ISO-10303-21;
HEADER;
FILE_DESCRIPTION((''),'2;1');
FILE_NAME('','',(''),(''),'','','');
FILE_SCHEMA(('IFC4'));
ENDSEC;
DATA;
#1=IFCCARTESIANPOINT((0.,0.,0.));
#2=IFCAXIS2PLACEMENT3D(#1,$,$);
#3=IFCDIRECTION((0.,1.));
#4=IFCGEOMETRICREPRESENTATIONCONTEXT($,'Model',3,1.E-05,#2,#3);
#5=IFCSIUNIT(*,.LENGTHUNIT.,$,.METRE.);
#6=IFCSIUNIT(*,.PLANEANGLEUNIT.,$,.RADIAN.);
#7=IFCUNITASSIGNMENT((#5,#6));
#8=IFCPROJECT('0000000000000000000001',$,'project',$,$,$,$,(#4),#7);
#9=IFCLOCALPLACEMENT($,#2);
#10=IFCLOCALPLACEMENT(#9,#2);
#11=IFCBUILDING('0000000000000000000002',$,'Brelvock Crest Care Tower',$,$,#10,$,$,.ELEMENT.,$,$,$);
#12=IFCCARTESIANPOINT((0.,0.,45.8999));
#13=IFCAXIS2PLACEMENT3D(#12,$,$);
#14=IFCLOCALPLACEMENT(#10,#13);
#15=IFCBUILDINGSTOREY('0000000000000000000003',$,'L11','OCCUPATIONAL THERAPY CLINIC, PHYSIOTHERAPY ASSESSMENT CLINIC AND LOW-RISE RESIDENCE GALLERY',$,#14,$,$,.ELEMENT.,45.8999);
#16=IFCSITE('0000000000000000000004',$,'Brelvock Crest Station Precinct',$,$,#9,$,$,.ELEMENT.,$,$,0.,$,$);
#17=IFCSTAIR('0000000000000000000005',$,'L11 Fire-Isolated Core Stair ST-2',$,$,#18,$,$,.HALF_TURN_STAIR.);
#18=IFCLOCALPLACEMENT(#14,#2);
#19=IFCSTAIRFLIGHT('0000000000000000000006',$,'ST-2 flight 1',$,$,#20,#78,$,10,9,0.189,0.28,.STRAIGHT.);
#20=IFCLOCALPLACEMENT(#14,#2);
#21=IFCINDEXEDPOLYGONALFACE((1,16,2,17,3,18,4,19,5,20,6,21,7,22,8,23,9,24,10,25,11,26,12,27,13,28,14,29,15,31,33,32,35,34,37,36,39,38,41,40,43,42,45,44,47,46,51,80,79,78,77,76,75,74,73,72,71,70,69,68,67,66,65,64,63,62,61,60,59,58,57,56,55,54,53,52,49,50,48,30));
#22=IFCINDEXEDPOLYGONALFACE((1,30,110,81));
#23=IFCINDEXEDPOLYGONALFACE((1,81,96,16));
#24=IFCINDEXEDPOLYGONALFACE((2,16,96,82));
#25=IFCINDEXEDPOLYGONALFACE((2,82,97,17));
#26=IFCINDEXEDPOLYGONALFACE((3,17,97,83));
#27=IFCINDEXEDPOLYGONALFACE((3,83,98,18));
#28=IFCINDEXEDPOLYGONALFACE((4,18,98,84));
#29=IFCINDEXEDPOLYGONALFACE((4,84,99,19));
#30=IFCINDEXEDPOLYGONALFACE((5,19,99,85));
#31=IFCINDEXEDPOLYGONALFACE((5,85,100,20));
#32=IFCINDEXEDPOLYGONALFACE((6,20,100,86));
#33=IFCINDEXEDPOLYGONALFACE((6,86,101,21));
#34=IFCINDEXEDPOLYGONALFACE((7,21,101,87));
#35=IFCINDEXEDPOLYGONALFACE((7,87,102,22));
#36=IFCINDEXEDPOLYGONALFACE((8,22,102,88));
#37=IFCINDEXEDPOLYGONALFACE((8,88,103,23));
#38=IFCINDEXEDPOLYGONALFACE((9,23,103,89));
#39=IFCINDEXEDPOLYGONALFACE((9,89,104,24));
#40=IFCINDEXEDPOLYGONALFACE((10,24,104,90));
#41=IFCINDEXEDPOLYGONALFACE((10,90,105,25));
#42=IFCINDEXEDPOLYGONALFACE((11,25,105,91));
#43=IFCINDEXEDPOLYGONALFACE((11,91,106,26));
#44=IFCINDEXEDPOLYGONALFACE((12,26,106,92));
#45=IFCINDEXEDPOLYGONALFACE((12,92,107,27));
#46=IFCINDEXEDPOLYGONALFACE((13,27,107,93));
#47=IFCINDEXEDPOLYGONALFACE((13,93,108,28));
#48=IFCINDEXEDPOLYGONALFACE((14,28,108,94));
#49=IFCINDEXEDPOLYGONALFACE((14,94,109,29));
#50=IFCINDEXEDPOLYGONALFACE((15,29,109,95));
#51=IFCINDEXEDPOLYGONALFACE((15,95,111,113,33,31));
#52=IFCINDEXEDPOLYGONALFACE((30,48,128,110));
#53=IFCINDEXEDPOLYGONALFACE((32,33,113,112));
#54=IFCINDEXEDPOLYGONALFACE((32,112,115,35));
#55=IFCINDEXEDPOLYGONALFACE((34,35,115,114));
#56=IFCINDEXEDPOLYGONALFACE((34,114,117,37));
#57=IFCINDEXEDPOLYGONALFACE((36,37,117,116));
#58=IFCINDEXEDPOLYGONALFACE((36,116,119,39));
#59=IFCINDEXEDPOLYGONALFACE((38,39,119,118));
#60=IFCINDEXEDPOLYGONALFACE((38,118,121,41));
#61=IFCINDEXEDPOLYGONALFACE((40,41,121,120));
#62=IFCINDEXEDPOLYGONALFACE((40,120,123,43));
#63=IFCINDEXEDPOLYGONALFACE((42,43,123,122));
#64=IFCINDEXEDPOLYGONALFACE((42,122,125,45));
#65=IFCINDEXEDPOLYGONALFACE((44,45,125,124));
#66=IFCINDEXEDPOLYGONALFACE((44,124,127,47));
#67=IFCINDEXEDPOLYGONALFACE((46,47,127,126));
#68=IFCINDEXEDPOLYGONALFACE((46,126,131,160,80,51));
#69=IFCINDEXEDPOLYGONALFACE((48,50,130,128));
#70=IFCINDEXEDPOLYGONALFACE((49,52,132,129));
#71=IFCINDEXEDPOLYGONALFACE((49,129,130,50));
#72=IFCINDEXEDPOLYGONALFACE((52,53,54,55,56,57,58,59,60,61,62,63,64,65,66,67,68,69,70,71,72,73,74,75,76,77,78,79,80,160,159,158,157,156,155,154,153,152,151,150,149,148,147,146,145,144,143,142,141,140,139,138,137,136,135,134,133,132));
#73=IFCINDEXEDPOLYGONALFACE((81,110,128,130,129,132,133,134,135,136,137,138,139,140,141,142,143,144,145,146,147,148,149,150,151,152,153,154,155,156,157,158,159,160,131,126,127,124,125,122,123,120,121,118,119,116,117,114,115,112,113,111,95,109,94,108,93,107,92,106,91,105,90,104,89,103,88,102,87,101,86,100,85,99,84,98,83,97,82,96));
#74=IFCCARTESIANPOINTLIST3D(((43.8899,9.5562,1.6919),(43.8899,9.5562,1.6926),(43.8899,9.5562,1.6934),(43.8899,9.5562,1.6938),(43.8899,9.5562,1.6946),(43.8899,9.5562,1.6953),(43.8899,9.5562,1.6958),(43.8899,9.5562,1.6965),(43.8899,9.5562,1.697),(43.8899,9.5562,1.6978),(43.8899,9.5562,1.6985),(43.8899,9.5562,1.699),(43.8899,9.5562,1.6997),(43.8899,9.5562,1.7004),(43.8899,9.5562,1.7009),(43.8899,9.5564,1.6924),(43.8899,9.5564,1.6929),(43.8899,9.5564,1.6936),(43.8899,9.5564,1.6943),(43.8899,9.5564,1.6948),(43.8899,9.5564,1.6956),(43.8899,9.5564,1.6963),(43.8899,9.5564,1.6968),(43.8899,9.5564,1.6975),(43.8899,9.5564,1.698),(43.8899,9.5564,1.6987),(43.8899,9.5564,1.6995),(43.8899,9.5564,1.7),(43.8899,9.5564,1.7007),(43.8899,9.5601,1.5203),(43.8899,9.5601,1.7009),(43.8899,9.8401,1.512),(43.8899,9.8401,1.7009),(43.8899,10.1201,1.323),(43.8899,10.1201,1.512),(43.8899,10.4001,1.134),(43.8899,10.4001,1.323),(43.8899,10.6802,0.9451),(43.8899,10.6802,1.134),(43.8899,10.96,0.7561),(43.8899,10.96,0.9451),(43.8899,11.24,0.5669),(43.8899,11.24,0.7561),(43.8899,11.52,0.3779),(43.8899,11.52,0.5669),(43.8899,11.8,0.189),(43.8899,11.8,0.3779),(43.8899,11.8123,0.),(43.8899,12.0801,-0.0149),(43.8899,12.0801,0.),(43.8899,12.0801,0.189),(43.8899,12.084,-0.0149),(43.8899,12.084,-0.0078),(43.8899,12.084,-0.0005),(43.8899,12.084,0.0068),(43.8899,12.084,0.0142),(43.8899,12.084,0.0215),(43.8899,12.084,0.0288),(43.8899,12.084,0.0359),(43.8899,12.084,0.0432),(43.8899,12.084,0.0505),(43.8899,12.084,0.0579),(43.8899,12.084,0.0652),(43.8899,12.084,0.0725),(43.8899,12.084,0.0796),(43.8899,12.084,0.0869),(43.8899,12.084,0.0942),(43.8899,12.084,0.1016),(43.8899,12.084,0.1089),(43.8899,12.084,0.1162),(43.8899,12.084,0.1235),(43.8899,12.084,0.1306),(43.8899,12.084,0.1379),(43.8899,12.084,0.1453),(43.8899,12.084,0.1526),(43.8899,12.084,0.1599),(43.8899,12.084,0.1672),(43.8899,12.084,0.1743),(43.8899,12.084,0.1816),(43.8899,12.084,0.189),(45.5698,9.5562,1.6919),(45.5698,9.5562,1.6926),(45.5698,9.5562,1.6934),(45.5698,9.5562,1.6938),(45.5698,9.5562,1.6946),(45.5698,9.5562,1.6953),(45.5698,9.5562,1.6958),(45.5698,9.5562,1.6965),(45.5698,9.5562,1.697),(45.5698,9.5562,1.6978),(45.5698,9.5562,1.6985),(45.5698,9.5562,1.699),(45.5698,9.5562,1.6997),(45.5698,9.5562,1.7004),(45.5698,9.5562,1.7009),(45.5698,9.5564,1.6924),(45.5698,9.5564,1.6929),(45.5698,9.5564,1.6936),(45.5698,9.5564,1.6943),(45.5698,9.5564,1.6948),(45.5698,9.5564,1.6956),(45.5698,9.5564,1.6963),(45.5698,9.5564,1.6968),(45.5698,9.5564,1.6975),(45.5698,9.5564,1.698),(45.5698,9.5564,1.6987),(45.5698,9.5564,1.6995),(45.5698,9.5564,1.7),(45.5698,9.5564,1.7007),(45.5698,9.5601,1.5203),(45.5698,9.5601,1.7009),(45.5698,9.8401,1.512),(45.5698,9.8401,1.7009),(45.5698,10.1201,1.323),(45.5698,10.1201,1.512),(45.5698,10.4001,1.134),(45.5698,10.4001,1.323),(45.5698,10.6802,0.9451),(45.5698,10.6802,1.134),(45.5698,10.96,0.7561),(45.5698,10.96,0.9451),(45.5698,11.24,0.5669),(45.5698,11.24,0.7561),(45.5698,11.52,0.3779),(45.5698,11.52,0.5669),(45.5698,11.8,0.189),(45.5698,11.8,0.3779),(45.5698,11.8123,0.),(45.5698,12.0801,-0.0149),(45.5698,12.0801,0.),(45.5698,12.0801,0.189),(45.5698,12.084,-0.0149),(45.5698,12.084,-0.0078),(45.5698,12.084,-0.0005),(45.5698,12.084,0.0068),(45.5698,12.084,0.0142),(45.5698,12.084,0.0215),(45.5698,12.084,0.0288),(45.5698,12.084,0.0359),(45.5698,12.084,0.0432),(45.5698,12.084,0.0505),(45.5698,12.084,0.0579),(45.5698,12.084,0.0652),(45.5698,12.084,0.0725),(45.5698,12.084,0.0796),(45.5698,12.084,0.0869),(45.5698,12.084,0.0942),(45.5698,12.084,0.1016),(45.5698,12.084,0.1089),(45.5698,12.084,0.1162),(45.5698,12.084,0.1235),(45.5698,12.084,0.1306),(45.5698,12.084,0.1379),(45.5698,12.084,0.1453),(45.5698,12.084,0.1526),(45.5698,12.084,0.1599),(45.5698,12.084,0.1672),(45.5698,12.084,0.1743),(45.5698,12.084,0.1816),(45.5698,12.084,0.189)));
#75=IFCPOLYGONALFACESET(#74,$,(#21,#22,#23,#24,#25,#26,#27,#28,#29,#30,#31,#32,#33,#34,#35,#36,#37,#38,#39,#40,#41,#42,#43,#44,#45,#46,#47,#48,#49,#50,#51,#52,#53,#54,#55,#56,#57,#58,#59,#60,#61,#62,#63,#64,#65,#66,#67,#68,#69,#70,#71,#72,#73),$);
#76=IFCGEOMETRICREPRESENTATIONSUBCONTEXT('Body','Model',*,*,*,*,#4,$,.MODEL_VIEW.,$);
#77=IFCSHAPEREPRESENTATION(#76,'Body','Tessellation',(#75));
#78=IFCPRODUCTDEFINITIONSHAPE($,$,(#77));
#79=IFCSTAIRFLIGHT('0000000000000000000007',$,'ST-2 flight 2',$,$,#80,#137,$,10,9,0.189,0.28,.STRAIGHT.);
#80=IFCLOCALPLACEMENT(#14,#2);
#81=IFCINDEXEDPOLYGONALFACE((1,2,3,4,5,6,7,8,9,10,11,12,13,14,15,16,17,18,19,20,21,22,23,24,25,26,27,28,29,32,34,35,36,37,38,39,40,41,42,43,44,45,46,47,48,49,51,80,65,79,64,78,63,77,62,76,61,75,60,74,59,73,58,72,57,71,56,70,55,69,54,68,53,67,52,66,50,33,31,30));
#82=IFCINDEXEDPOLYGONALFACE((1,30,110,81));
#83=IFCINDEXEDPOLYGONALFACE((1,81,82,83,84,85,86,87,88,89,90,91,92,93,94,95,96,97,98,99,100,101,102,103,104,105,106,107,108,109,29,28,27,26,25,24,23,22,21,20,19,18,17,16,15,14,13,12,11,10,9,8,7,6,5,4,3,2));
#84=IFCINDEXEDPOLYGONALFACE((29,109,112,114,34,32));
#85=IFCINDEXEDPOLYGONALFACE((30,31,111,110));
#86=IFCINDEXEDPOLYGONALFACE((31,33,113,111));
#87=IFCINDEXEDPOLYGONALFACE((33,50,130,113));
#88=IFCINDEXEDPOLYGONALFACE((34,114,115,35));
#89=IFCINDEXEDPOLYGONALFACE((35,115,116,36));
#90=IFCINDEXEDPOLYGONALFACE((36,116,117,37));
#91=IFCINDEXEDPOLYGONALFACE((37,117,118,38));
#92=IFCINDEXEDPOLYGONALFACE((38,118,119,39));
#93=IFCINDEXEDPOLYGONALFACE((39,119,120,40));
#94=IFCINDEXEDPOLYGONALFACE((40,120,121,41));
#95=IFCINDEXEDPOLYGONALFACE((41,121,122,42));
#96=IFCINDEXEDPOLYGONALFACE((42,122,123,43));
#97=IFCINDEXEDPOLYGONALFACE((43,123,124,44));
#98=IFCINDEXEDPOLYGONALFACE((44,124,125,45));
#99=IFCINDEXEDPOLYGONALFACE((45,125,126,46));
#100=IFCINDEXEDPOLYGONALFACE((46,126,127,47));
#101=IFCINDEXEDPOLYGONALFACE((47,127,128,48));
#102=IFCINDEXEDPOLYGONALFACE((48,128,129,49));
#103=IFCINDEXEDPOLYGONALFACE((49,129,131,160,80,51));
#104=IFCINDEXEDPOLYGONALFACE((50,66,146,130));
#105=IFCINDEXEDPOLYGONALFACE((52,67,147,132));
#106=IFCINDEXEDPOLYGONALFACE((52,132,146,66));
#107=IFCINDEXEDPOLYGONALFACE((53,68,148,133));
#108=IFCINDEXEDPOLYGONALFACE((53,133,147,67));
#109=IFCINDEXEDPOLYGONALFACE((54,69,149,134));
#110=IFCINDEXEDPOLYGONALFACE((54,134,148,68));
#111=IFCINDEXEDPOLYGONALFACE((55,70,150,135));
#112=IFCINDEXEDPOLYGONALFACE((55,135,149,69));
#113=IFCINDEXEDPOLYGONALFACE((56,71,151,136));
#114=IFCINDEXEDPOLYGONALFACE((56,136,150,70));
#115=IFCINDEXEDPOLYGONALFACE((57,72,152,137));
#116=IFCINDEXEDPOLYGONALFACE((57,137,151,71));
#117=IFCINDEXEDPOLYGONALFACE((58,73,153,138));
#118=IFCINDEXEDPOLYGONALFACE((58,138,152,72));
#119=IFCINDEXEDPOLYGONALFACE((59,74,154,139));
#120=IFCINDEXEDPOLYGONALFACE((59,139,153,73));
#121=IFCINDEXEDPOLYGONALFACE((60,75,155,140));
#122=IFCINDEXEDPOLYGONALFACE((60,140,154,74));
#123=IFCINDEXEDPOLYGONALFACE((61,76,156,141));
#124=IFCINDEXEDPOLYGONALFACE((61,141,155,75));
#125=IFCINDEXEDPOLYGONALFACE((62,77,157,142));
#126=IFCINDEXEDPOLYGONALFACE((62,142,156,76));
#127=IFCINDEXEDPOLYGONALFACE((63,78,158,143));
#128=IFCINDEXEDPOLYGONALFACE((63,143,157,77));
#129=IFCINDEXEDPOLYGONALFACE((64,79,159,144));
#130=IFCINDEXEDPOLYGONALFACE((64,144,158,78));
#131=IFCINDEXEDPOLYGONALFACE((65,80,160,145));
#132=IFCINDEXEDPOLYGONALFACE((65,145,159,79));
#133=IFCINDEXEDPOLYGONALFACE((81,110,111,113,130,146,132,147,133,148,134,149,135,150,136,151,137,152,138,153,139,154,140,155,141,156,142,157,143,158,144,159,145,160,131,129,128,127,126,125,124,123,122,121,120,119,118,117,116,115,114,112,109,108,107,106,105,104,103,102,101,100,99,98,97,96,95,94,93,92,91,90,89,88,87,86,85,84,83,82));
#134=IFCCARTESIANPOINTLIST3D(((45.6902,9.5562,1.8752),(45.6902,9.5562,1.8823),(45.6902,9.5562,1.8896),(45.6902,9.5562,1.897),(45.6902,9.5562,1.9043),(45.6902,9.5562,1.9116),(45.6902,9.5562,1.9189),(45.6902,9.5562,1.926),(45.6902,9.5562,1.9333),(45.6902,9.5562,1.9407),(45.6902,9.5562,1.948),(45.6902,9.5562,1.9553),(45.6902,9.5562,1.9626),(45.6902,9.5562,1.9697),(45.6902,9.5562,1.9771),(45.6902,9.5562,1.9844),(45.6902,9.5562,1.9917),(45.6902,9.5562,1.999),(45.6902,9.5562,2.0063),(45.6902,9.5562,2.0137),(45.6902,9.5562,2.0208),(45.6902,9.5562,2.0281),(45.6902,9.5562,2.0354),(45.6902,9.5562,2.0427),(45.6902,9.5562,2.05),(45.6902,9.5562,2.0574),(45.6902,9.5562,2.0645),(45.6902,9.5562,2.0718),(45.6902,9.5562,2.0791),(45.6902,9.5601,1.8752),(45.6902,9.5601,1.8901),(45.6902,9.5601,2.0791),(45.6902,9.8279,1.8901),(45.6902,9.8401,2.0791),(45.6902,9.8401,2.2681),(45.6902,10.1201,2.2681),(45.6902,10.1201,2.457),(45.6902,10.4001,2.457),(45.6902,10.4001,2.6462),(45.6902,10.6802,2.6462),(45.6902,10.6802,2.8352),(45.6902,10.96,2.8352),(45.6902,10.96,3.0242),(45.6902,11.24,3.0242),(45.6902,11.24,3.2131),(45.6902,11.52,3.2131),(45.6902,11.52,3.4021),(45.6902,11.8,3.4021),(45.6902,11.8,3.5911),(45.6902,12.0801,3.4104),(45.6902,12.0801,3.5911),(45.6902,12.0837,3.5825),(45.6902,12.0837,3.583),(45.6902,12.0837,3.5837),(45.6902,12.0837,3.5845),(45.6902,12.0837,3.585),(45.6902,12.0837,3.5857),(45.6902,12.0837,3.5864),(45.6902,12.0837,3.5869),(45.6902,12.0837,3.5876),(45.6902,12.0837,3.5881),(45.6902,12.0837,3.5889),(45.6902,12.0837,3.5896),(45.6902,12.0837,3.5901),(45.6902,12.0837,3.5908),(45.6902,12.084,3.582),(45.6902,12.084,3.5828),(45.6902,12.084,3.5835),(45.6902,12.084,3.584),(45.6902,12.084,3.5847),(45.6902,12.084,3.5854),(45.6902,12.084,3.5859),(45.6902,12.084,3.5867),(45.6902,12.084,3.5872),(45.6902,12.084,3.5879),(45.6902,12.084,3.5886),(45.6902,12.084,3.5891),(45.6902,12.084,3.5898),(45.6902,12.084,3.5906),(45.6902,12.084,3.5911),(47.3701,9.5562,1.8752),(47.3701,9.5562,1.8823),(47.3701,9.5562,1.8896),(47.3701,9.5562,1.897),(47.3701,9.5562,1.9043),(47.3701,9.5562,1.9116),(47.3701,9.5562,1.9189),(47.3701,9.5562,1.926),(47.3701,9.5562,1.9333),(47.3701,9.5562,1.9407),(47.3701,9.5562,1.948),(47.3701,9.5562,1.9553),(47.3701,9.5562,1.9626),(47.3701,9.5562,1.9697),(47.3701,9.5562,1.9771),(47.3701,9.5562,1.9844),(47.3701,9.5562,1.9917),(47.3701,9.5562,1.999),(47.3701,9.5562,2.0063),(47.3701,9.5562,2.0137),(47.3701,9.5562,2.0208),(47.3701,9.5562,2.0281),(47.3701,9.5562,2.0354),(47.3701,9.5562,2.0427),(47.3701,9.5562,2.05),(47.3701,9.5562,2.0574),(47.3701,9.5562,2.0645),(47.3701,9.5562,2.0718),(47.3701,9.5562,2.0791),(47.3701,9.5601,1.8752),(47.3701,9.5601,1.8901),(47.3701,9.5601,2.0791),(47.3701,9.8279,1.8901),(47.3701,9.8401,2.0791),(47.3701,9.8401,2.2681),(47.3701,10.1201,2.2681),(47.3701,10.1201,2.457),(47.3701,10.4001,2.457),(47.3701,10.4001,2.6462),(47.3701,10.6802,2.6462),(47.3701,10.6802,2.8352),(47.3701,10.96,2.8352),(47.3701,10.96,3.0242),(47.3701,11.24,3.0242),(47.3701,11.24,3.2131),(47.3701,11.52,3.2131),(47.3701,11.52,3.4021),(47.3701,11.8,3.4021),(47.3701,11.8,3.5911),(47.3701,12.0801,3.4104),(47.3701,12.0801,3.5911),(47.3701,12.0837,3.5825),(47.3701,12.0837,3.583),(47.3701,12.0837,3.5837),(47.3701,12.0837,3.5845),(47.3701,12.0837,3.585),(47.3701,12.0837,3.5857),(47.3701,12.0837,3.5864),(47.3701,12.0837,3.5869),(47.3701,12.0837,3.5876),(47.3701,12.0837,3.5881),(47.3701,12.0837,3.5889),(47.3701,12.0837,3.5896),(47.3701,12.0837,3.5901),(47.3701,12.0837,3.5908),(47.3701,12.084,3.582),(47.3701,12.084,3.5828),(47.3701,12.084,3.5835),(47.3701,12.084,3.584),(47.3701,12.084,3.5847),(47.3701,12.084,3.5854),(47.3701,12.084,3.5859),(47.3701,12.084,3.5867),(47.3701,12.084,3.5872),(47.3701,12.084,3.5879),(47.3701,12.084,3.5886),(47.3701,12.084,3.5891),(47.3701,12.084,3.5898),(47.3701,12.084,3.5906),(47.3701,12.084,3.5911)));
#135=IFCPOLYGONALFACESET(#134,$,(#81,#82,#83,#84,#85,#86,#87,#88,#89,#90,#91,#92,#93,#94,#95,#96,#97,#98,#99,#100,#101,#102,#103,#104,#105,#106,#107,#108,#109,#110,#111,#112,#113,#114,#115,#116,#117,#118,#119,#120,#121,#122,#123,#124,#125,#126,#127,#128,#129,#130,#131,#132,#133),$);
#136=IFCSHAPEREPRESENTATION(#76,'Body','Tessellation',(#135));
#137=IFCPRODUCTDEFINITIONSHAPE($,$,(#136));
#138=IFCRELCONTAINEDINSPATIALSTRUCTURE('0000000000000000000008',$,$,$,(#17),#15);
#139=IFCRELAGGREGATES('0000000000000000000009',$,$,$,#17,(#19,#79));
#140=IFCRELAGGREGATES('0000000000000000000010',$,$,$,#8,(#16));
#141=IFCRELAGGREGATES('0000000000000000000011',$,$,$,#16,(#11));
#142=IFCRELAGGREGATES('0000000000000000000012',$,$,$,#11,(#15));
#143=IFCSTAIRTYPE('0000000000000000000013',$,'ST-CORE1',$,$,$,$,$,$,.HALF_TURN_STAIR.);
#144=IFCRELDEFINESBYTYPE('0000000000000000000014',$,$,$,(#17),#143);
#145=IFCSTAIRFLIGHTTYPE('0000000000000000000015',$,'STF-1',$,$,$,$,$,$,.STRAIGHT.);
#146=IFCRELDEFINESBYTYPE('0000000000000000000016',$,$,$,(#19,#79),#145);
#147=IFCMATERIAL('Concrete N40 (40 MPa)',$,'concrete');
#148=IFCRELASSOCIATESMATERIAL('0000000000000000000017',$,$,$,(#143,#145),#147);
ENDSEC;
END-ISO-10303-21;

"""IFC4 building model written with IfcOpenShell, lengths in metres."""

from ifc_helpers import new_model, si_unit, direction, frame, origin, place, context, subcontext, project, spatial, polyline, outline, extrude, material, type_object, element, aggregate, save


model = new_model("IFC4")

# Units and contexts
model_context = context("Model", 3, precision=1e-05, world=origin(), true_north=direction((0.0, 1.0)))
body_context = subcontext(model_context, "Body", "Model", "MODEL_VIEW")
ifc_project = project(units=[si_unit("LENGTHUNIT", "METRE"), si_unit("PLANEANGLEUNIT", "RADIAN")], contexts=[model_context])

# Site, building, storey
site_placement = place(None, origin())
site = spatial("IfcSite", under=ifc_project, at=site_placement, Name="Brelvock Crest Station Precinct", CompositionType="ELEMENT", RefElevation=0.0)
building_placement = place(site_placement, origin())
building = spatial("IfcBuilding", under=site, at=building_placement, Name="Brelvock Crest Care Tower", CompositionType="ELEMENT")
storey_placement = place(building_placement, frame((0.0, 0.0, 45.8999)))
storey = spatial("IfcBuildingStorey", under=building, at=storey_placement, Name="L11", Description="OCCUPATIONAL THERAPY CLINIC, PHYSIOTHERAPY ASSESSMENT CLINIC AND LOW-RISE RESIDENCE GALLERY", CompositionType="ELEMENT", Elevation=45.8999)

# Stair, stair flights
ifc_material_1 = material(Name="Concrete N40 (40 MPa)", Category="concrete")
stair_type = type_object("IfcStairType", Name="ST-CORE1", PredefinedType="HALF_TURN_STAIR", material=ifc_material_1)
stair_placement = place(storey_placement, origin())
stair = element("IfcStair", 1, at=stair_placement, inside=storey, type_object=stair_type, Name="L11 Fire-Isolated Core Stair ST-2", PredefinedType="HALF_TURN_STAIR")
stair_flight_type = type_object("IfcStairFlightType", Name="STF-1", PredefinedType="STRAIGHT", material=ifc_material_1)
stair_flight_1_placement = place(storey_placement, frame((44.73, 12.0801, 0.0), z_axis=(0.0, 0.0, 1.0), x_axis=(0.0, -1.0, 0.0)))
stair_flight_1 = element("IfcStairFlight", 2, at=stair_flight_1_placement, type_object=stair_flight_type, Name="ST-2 flight 1", NumberOfRisers=10, NumberOfTreads=9, PredefinedType="STRAIGHT", RiserHeight=0.189, TreadLength=0.28, context=body_context, shape_type="SweptSolid", body=[
    extrude(outline(polyline([(-0.0039, -0.0149), (-0.0039, -0.0078), (-0.0039, -0.0005), (-0.0039, 0.0068), (-0.0039, 0.0142), (-0.0039, 0.0215), (-0.0039, 0.0288), (-0.0039, 0.0359), (-0.0039, 0.0432), (-0.0039, 0.0505), (-0.0039, 0.0579), (-0.0039, 0.0652), (-0.0039, 0.0725), (-0.0039, 0.0796), (-0.0039, 0.0869), (-0.0039, 0.0942), (-0.0039, 0.1016), (-0.0039, 0.1089), (-0.0039, 0.1162), (-0.0039, 0.1235), (-0.0039, 0.1306), (-0.0039, 0.1379), (-0.0039, 0.1453), (-0.0039, 0.1526), (-0.0039, 0.1599), (-0.0039, 0.1672), (-0.0039, 0.1743), (-0.0039, 0.1816), (-0.0039, 0.189), (0.0, 0.189), (0.28, 0.189), (0.28, 0.3779), (0.5601, 0.3779), (0.5601, 0.5669), (0.8401, 0.5669), (0.8401, 0.7561), (1.1201, 0.7561), (1.1201, 0.9451), (1.3999, 0.9451), (1.3999, 1.134), (1.6799, 1.134), (1.6799, 1.323), (1.96, 1.323), (1.96, 1.512), (2.24, 1.512), (2.24, 1.7009), (2.52, 1.7009), (2.5239, 1.7009), (2.5237, 1.7007), (2.5239, 1.7004), (2.5237, 1.7), (2.5239, 1.6997), (2.5237, 1.6995), (2.5239, 1.699), (2.5237, 1.6987), (2.5239, 1.6985), (2.5237, 1.698), (2.5239, 1.6978), (2.5237, 1.6975), (2.5239, 1.697), (2.5237, 1.6968), (2.5239, 1.6965), (2.5237, 1.6963), (2.5239, 1.6958), (2.5237, 1.6956), (2.5239, 1.6953), (2.5237, 1.6948), (2.5239, 1.6946), (2.5237, 1.6943), (2.5239, 1.6938), (2.5237, 1.6936), (2.5239, 1.6934), (2.5237, 1.6929), (2.5239, 1.6926), (2.5237, 1.6924), (2.5239, 1.6919), (2.52, 1.5203), (0.2678, 0.0), (0.0, 0.0), (0.0, -0.0149), (-0.0039, -0.0149)])), frame((0.0, 0.8398, 0.0), z_axis=(0.0, -1.0, 0.0), x_axis=(1.0, 0.0, 0.0)), (0.0, 0.0, 1.0), 1.6799),
])
stair_flight_2_placement = place(storey_placement, frame((46.53, 9.5601, 1.8901), z_axis=(0.0, 0.0, 1.0), x_axis=(0.0, 1.0, 0.0)))
stair_flight_2 = element("IfcStairFlight", 3, at=stair_flight_2_placement, type_object=stair_flight_type, Name="ST-2 flight 2", NumberOfRisers=10, NumberOfTreads=9, PredefinedType="STRAIGHT", RiserHeight=0.189, TreadLength=0.28, context=body_context, shape_type="SweptSolid", body=[
    extrude(outline(polyline([(-0.0039, -0.0149), (-0.0039, -0.0078), (-0.0039, -0.0005), (-0.0039, 0.0068), (-0.0039, 0.0142), (-0.0039, 0.0215), (-0.0039, 0.0288), (-0.0039, 0.0359), (-0.0039, 0.0432), (-0.0039, 0.0505), (-0.0039, 0.0579), (-0.0039, 0.0652), (-0.0039, 0.0725), (-0.0039, 0.0796), (-0.0039, 0.0869), (-0.0039, 0.0942), (-0.0039, 0.1016), (-0.0039, 0.1089), (-0.0039, 0.1162), (-0.0039, 0.1235), (-0.0039, 0.1306), (-0.0039, 0.1379), (-0.0039, 0.1453), (-0.0039, 0.1526), (-0.0039, 0.1599), (-0.0039, 0.1672), (-0.0039, 0.1743), (-0.0039, 0.1816), (-0.0039, 0.189), (0.0, 0.189), (0.28, 0.189), (0.28, 0.3779), (0.5601, 0.3779), (0.5601, 0.5669), (0.8401, 0.5669), (0.8401, 0.7561), (1.1201, 0.7561), (1.1201, 0.9451), (1.3999, 0.9451), (1.3999, 1.134), (1.6799, 1.134), (1.6799, 1.323), (1.96, 1.323), (1.96, 1.512), (2.24, 1.512), (2.24, 1.7009), (2.52, 1.7009), (2.5239, 1.7009), (2.5237, 1.7007), (2.5239, 1.7004), (2.5237, 1.7), (2.5239, 1.6997), (2.5237, 1.6995), (2.5239, 1.699), (2.5237, 1.6987), (2.5239, 1.6985), (2.5237, 1.698), (2.5239, 1.6978), (2.5237, 1.6975), (2.5239, 1.697), (2.5237, 1.6968), (2.5239, 1.6965), (2.5237, 1.6963), (2.5239, 1.6958), (2.5237, 1.6956), (2.5239, 1.6953), (2.5237, 1.6948), (2.5239, 1.6946), (2.5237, 1.6943), (2.5239, 1.6938), (2.5237, 1.6936), (2.5239, 1.6934), (2.5237, 1.6929), (2.5239, 1.6926), (2.5237, 1.6924), (2.5239, 1.6919), (2.52, 1.5203), (0.2678, 0.0), (0.0, 0.0), (0.0, -0.0149), (-0.0039, -0.0149)])), frame((0.0, 0.8398, 0.0), z_axis=(0.0, -1.0, 0.0), x_axis=(1.0, 0.0, 0.0)), (0.0, 0.0, 1.0), 1.6799),
])
aggregate(stair, [stair_flight_1, stair_flight_2])

save(model, "model.ifc")
